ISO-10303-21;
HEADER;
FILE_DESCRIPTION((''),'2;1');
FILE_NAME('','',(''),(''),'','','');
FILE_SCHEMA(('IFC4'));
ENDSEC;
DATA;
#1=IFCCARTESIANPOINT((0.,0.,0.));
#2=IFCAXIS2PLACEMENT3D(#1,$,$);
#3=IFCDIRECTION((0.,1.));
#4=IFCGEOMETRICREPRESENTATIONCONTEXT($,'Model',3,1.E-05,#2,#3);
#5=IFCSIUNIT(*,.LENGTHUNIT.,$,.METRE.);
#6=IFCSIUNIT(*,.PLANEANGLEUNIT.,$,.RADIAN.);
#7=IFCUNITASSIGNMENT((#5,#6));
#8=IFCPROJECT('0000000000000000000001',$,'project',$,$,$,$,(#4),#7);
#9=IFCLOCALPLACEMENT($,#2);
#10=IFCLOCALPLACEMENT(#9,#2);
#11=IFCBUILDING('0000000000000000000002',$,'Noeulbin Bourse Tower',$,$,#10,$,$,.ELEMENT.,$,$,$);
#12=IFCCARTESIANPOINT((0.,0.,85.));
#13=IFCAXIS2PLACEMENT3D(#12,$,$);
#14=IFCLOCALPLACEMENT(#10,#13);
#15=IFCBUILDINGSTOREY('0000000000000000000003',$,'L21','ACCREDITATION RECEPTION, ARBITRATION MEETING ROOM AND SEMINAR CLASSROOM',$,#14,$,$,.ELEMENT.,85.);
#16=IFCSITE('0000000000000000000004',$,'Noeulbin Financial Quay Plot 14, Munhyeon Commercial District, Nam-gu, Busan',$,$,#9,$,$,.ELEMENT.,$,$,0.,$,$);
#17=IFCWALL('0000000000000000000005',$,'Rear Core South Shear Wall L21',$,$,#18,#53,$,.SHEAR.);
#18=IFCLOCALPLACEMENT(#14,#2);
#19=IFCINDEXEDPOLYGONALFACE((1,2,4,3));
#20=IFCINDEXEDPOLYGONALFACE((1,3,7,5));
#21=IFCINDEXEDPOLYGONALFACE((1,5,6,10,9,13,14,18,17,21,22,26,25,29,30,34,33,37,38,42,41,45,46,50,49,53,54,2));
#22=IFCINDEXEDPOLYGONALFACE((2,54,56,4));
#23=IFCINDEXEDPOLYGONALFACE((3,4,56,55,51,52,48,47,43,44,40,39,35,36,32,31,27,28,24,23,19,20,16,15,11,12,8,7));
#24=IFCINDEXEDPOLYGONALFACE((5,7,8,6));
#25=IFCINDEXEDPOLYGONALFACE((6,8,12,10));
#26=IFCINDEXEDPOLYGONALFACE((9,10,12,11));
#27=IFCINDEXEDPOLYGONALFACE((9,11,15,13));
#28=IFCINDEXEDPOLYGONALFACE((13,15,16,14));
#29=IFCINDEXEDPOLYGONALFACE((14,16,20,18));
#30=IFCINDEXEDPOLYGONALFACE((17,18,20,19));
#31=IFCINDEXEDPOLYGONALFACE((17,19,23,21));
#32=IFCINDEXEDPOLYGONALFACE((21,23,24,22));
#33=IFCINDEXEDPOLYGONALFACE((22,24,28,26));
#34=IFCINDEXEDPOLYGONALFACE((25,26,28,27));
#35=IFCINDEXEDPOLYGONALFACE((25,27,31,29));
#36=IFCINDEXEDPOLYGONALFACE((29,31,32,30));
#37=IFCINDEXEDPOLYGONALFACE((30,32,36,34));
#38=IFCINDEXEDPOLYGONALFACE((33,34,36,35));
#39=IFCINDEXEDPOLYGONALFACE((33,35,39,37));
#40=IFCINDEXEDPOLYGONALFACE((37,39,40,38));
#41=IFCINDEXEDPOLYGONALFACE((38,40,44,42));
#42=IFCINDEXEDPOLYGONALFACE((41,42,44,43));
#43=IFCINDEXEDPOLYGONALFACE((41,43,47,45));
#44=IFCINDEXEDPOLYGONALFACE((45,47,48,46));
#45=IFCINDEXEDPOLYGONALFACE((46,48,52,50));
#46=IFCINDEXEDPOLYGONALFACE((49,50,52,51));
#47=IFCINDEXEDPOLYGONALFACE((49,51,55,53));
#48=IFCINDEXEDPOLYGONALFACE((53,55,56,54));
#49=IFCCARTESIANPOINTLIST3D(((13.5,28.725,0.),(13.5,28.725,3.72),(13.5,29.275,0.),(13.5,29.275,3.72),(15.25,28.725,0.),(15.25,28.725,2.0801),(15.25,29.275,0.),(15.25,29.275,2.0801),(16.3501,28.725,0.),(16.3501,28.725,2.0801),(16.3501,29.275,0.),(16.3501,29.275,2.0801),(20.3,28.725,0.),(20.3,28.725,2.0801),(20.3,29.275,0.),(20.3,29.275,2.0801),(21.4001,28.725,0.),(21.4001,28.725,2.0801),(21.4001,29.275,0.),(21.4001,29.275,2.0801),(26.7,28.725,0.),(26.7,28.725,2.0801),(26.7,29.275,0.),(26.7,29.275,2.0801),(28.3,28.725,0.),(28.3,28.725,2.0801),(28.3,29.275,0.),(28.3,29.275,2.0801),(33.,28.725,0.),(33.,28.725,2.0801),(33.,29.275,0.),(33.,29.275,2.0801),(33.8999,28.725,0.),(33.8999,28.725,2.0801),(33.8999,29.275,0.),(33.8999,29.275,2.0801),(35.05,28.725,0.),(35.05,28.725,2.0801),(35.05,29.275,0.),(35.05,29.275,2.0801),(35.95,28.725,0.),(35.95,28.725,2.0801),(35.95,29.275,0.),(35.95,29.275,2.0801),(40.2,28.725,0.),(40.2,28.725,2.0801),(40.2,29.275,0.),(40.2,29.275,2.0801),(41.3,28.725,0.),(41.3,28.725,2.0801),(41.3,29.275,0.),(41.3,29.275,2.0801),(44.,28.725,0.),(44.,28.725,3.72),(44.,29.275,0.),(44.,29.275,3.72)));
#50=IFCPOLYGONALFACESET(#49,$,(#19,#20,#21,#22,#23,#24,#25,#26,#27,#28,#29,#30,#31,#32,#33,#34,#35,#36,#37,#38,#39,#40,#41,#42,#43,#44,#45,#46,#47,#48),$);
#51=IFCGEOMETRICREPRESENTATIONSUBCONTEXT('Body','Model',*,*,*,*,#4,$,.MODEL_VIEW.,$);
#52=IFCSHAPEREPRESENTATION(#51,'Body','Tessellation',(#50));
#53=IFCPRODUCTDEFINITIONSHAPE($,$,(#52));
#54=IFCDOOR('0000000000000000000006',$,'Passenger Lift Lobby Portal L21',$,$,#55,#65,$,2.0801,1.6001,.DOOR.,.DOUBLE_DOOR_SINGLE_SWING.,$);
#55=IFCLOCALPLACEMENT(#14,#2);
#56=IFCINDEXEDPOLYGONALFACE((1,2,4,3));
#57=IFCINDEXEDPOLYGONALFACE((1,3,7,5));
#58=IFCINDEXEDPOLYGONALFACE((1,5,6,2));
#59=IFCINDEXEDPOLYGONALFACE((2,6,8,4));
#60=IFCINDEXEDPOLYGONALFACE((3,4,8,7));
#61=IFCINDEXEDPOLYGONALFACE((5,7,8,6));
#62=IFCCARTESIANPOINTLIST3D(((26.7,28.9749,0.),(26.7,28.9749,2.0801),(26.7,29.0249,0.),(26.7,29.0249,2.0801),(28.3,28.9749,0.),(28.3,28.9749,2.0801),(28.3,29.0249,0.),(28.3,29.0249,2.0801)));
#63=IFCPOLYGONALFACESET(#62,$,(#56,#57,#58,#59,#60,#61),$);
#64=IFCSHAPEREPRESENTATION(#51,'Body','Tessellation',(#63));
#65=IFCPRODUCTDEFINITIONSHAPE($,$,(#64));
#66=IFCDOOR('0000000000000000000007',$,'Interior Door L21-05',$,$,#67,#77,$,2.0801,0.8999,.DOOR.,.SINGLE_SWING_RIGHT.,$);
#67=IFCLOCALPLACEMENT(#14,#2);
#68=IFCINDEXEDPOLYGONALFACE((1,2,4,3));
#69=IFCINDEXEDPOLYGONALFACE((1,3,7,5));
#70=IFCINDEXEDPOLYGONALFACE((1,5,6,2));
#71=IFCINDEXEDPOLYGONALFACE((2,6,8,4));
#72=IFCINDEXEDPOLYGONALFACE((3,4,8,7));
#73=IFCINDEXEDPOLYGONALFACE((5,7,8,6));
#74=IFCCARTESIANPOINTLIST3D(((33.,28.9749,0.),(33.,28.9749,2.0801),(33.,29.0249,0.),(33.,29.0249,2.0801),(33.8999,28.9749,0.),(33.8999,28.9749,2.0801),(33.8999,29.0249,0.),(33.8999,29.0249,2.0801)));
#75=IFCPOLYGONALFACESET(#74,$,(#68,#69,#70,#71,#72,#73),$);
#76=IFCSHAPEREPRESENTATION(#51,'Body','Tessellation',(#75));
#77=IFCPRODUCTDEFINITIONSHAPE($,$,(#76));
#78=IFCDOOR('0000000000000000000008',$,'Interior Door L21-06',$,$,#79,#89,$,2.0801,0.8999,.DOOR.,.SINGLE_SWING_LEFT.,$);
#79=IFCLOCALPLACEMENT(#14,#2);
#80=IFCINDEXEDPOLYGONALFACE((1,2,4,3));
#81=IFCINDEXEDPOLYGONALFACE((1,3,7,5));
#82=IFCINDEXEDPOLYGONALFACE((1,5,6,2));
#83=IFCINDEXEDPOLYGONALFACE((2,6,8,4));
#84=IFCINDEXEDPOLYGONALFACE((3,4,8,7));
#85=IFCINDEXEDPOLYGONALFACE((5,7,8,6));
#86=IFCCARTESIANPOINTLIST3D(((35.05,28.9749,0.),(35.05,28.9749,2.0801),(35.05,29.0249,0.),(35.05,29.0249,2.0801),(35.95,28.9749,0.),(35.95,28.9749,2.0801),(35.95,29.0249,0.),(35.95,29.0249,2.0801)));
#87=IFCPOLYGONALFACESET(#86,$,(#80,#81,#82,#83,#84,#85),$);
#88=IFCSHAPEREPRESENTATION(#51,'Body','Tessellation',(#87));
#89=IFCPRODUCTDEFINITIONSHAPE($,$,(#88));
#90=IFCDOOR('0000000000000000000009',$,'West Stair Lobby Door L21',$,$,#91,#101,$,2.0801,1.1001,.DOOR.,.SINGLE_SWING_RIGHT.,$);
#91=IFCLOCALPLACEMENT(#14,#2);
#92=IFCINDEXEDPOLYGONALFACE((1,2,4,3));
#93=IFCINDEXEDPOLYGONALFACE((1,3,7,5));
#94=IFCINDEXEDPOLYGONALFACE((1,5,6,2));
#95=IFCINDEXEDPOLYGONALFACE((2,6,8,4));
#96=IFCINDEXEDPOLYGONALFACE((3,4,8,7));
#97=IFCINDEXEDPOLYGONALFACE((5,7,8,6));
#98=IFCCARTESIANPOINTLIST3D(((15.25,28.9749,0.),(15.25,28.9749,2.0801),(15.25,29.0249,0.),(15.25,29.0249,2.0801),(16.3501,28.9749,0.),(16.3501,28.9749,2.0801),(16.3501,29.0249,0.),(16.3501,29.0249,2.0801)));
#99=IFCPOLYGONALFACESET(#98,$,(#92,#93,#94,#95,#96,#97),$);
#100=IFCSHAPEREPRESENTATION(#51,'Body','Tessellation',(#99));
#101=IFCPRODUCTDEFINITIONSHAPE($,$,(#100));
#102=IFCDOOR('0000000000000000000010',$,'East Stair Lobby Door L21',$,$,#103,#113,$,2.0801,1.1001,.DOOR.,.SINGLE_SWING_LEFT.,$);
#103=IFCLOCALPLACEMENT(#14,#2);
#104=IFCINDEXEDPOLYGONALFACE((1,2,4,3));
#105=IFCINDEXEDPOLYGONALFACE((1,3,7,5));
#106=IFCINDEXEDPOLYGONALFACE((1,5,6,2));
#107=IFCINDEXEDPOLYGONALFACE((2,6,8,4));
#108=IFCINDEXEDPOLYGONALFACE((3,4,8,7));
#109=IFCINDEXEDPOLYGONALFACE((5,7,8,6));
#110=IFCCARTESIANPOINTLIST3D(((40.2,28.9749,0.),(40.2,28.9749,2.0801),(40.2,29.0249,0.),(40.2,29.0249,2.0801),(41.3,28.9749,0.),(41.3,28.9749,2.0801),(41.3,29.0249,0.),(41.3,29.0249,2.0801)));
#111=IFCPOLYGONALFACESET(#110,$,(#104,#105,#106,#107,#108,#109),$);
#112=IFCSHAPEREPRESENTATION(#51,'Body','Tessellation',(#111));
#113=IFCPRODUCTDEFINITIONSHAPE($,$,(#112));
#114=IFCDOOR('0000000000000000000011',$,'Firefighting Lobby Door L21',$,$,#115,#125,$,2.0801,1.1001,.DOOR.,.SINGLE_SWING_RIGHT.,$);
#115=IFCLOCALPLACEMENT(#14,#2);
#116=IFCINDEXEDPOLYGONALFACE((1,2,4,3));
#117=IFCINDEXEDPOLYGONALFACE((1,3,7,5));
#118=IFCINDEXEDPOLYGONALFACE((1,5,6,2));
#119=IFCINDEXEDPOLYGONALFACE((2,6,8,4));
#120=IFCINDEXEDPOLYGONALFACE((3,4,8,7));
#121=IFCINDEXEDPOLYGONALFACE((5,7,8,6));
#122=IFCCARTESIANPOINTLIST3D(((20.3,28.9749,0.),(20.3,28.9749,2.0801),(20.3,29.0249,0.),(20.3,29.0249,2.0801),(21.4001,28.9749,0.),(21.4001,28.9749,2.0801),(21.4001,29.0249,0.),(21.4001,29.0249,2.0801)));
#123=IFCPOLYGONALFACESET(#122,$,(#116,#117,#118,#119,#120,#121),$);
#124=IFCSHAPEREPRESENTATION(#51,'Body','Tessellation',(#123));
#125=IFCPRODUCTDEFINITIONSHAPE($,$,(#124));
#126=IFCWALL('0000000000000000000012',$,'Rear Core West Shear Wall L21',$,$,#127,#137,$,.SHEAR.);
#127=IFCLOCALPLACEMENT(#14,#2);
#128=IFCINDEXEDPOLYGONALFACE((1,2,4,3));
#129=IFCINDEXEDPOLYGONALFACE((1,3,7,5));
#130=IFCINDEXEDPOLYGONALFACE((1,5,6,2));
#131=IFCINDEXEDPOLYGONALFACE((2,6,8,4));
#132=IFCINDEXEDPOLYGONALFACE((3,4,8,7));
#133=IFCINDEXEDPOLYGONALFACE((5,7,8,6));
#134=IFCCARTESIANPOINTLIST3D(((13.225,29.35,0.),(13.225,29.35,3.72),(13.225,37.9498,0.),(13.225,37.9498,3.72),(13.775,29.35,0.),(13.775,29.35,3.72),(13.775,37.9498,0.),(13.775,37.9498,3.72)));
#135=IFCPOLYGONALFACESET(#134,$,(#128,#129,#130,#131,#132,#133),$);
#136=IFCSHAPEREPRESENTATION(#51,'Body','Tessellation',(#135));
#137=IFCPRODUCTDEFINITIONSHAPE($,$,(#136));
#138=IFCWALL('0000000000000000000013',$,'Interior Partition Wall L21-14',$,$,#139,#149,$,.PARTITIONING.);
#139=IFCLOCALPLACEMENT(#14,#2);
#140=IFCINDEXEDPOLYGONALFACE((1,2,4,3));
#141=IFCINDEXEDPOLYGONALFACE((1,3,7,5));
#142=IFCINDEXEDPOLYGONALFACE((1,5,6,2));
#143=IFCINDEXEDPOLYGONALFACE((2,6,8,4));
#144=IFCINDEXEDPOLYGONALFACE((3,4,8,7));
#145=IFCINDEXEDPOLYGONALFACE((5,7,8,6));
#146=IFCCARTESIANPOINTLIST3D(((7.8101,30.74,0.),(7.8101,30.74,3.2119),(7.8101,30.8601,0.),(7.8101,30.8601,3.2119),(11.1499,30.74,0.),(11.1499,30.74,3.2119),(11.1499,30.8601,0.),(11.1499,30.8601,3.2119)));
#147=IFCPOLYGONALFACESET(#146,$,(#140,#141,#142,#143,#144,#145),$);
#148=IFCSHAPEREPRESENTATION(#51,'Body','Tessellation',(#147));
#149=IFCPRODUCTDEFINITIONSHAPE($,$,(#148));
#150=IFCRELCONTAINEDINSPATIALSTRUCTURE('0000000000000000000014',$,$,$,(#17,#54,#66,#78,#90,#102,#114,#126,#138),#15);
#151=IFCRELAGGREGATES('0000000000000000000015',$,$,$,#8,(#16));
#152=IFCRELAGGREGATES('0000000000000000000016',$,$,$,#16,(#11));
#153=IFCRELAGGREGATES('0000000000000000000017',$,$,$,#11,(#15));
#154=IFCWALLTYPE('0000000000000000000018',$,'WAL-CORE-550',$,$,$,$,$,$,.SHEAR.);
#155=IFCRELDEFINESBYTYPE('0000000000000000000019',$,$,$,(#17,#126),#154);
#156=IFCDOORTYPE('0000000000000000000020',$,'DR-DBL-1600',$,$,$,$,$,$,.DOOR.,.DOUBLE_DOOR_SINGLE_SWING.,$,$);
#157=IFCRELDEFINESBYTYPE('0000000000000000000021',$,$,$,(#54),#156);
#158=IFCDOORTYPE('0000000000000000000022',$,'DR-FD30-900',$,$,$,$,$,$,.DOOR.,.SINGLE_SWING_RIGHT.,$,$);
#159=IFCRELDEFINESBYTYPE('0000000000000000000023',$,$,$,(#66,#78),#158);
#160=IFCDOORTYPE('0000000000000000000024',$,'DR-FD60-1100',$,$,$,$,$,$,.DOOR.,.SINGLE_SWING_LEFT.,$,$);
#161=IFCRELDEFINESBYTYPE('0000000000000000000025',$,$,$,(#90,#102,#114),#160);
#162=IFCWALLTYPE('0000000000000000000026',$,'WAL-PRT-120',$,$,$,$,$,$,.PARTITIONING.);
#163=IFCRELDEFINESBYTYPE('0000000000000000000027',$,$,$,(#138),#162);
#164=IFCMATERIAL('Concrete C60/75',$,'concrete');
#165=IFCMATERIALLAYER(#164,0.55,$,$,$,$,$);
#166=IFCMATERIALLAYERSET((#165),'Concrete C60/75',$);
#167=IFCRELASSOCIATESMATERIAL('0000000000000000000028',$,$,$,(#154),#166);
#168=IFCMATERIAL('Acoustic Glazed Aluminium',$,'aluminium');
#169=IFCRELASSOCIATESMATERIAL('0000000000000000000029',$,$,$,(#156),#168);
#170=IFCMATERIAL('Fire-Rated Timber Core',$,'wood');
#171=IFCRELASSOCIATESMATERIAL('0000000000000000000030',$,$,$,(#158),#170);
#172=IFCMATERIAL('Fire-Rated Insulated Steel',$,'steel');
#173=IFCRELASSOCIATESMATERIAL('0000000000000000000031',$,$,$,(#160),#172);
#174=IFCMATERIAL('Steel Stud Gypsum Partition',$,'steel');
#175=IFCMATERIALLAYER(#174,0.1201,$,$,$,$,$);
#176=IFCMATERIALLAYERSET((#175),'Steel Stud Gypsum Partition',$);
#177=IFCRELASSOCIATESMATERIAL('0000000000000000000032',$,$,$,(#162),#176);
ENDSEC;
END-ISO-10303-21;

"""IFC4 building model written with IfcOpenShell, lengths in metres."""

from ifc_helpers import new_model, si_unit, direction, frame, frame_2d, origin, place, context, subcontext, project, spatial, rectangle, extrude, material, layer, layer_set, type_object, element, fill, save


model = new_model("IFC4")

# Units and contexts
model_context = context("Model", 3, precision=1e-05, world=origin(), true_north=direction((0.0, 1.0)))
body_context = subcontext(model_context, "Body", "Model", "MODEL_VIEW")
ifc_project = project(units=[si_unit("LENGTHUNIT", "METRE"), si_unit("PLANEANGLEUNIT", "RADIAN")], contexts=[model_context])

# Site, building, storey
site_placement = place(None, origin())
site = spatial("IfcSite", under=ifc_project, at=site_placement, Name="Noeulbin Financial Quay Plot 14, Munhyeon Commercial District, Nam-gu, Busan", CompositionType="ELEMENT", RefElevation=0.0)
building_placement = place(site_placement, origin())
building = spatial("IfcBuilding", under=site, at=building_placement, Name="Noeulbin Bourse Tower", CompositionType="ELEMENT")
storey_placement = place(building_placement, frame((0.0, 0.0, 85.0)))
storey = spatial("IfcBuildingStorey", under=building, at=storey_placement, Name="L21", Description="ACCREDITATION RECEPTION, ARBITRATION MEETING ROOM AND SEMINAR CLASSROOM", CompositionType="ELEMENT", Elevation=85.0)

# Wall, openings, doors
ifc_material_1 = material(Name="Concrete C60/75", Category="concrete")
ifc_layer_1 = layer(ifc_material_1, 0.55)
ifc_layer_set_1 = layer_set([ifc_layer_1], Name="Concrete C60/75")
wall_type_1 = type_object("IfcWallType", Name="WAL-CORE-550", PredefinedType="SHEAR", material=ifc_layer_set_1)
wall_1_placement = place(storey_placement, frame((13.5, 29.0, 0.0), z_axis=(0.0, 0.0, 1.0), x_axis=(1.0, 0.0, 0.0)))
wall_1 = element("IfcWall", 1, at=wall_1_placement, inside=storey, type_object=wall_type_1, Name="Rear Core South Shear Wall L21", PredefinedType="SHEAR", context=body_context, shape_type="SweptSolid", body=[
    extrude(rectangle(XDim=30.5, YDim=0.55, at=frame_2d((15.25, 0.0))), origin(), (0.0, 0.0, 1.0), 3.72),
])
opening_1_placement = place(wall_1_placement, frame((1.75, 0.0, 0.0)))
opening_1 = element("IfcOpeningElement", 2, at=opening_1_placement, cuts=wall_1, PredefinedType="OPENING", context=body_context, shape_type="SweptSolid", body=[
    extrude(rectangle(XDim=1.1001, YDim=2.0801, at=frame_2d((0.55, 1.04))), frame((0.0, 0.2849, 0.0), z_axis=(0.0, -1.0, 0.0), x_axis=(1.0, 0.0, 0.0)), (0.0, 0.0, 1.0), 0.5701),
])
opening_2_placement = place(wall_1_placement, frame((26.7, 0.0, 0.0)))
opening_2 = element("IfcOpeningElement", 3, at=opening_2_placement, cuts=wall_1, PredefinedType="OPENING", context=body_context, shape_type="SweptSolid", body=[
    extrude(rectangle(XDim=1.1001, YDim=2.0801, at=frame_2d((0.55, 1.04))), frame((0.0, 0.2849, 0.0), z_axis=(0.0, -1.0, 0.0), x_axis=(1.0, 0.0, 0.0)), (0.0, 0.0, 1.0), 0.5701),
])
opening_3_placement = place(wall_1_placement, frame((6.8, 0.0, 0.0)))
opening_3 = element("IfcOpeningElement", 4, at=opening_3_placement, cuts=wall_1, PredefinedType="OPENING", context=body_context, shape_type="SweptSolid", body=[
    extrude(rectangle(XDim=1.1001, YDim=2.0801, at=frame_2d((0.55, 1.04))), frame((0.0, 0.2849, 0.0), z_axis=(0.0, -1.0, 0.0), x_axis=(1.0, 0.0, 0.0)), (0.0, 0.0, 1.0), 0.5701),
])
opening_4_placement = place(wall_1_placement, frame((13.2, 0.0, 0.0)))
opening_4 = element("IfcOpeningElement", 5, at=opening_4_placement, cuts=wall_1, PredefinedType="OPENING", context=body_context, shape_type="SweptSolid", body=[
    extrude(rectangle(XDim=1.6001, YDim=2.0801, at=frame_2d((0.8, 1.04))), frame((0.0, 0.2849, 0.0), z_axis=(0.0, -1.0, 0.0), x_axis=(1.0, 0.0, 0.0)), (0.0, 0.0, 1.0), 0.5701),
])
opening_5_placement = place(wall_1_placement, frame((19.5, 0.0, 0.0)))
opening_5 = element("IfcOpeningElement", 6, at=opening_5_placement, cuts=wall_1, PredefinedType="OPENING", context=body_context, shape_type="SweptSolid", body=[
    extrude(rectangle(XDim=0.8999, YDim=2.0801, at=frame_2d((0.45, 1.04))), frame((0.0, 0.2849, 0.0), z_axis=(0.0, -1.0, 0.0), x_axis=(1.0, 0.0, 0.0)), (0.0, 0.0, 1.0), 0.5701),
])
opening_6_placement = place(wall_1_placement, frame((21.55, 0.0, 0.0)))
opening_6 = element("IfcOpeningElement", 7, at=opening_6_placement, cuts=wall_1, PredefinedType="OPENING", context=body_context, shape_type="SweptSolid", body=[
    extrude(rectangle(XDim=0.8999, YDim=2.0801, at=frame_2d((0.45, 1.04))), frame((0.0, 0.2849, 0.0), z_axis=(0.0, -1.0, 0.0), x_axis=(1.0, 0.0, 0.0)), (0.0, 0.0, 1.0), 0.5701),
])
ifc_material_2 = material(Name="Acoustic Glazed Aluminium", Category="aluminium")
door_type_1 = type_object("IfcDoorType", Name="DR-DBL-1600", OperationType="DOUBLE_DOOR_SINGLE_SWING", PredefinedType="DOOR", material=ifc_material_2)
door_1_placement = place(opening_4_placement, origin())
door_1 = element("IfcDoor", 8, at=door_1_placement, inside=storey, type_object=door_type_1, Name="Passenger Lift Lobby Portal L21", OperationType="DOUBLE_DOOR_SINGLE_SWING", OverallHeight=2.0801, OverallWidth=1.6001, PredefinedType="DOOR", context=body_context, shape_type="SweptSolid", body=[
    extrude(rectangle(XDim=1.6001, YDim=2.0801, at=frame_2d((0.8, 1.04))), frame((0.0, 0.0249, 0.0), z_axis=(0.0, -1.0, 0.0), x_axis=(1.0, 0.0, 0.0)), (0.0, 0.0, 1.0), 0.05),
])
fill(opening_4, door_1)
ifc_material_3 = material(Name="Fire-Rated Timber Core", Category="wood")
door_type_2 = type_object("IfcDoorType", Name="DR-FD30-900", OperationType="SINGLE_SWING_RIGHT", PredefinedType="DOOR", material=ifc_material_3)
door_2_placement = place(opening_5_placement, origin())
door_2 = element("IfcDoor", 9, at=door_2_placement, inside=storey, type_object=door_type_2, Name="Interior Door L21-05", OperationType="SINGLE_SWING_RIGHT", OverallHeight=2.0801, OverallWidth=0.8999, PredefinedType="DOOR", context=body_context, shape_type="SweptSolid", body=[
    extrude(rectangle(XDim=0.8999, YDim=2.0801, at=frame_2d((0.45, 1.04))), frame((0.0, 0.0249, 0.0), z_axis=(0.0, -1.0, 0.0), x_axis=(1.0, 0.0, 0.0)), (0.0, 0.0, 1.0), 0.05),
])
fill(opening_5, door_2)
door_3_placement = place(opening_6_placement, origin())
door_3 = element("IfcDoor", 10, at=door_3_placement, inside=storey, type_object=door_type_2, Name="Interior Door L21-06", OperationType="SINGLE_SWING_LEFT", OverallHeight=2.0801, OverallWidth=0.8999, PredefinedType="DOOR", context=body_context, shape_type="SweptSolid", body=[
    extrude(rectangle(XDim=0.8999, YDim=2.0801, at=frame_2d((0.45, 1.04))), frame((0.0, 0.0249, 0.0), z_axis=(0.0, -1.0, 0.0), x_axis=(1.0, 0.0, 0.0)), (0.0, 0.0, 1.0), 0.05),
])
fill(opening_6, door_3)
ifc_material_4 = material(Name="Fire-Rated Insulated Steel", Category="steel")
door_type_3 = type_object("IfcDoorType", Name="DR-FD60-1100", OperationType="SINGLE_SWING_LEFT", PredefinedType="DOOR", material=ifc_material_4)
door_4_placement = place(opening_1_placement, origin())
door_4 = element("IfcDoor", 11, at=door_4_placement, inside=storey, type_object=door_type_3, Name="West Stair Lobby Door L21", OperationType="SINGLE_SWING_RIGHT", OverallHeight=2.0801, OverallWidth=1.1001, PredefinedType="DOOR", context=body_context, shape_type="SweptSolid", body=[
    extrude(rectangle(XDim=1.1001, YDim=2.0801, at=frame_2d((0.55, 1.04))), frame((0.0, 0.0249, 0.0), z_axis=(0.0, -1.0, 0.0), x_axis=(1.0, 0.0, 0.0)), (0.0, 0.0, 1.0), 0.05),
])
fill(opening_1, door_4)
door_5_placement = place(opening_2_placement, origin())
door_5 = element("IfcDoor", 12, at=door_5_placement, inside=storey, type_object=door_type_3, Name="East Stair Lobby Door L21", OperationType="SINGLE_SWING_LEFT", OverallHeight=2.0801, OverallWidth=1.1001, PredefinedType="DOOR", context=body_context, shape_type="SweptSolid", body=[
    extrude(rectangle(XDim=1.1001, YDim=2.0801, at=frame_2d((0.55, 1.04))), frame((0.0, 0.0249, 0.0), z_axis=(0.0, -1.0, 0.0), x_axis=(1.0, 0.0, 0.0)), (0.0, 0.0, 1.0), 0.05),
])
fill(opening_2, door_5)
door_6_placement = place(opening_3_placement, origin())
door_6 = element("IfcDoor", 13, at=door_6_placement, inside=storey, type_object=door_type_3, Name="Firefighting Lobby Door L21", OperationType="SINGLE_SWING_RIGHT", OverallHeight=2.0801, OverallWidth=1.1001, PredefinedType="DOOR", context=body_context, shape_type="SweptSolid", body=[
    extrude(rectangle(XDim=1.1001, YDim=2.0801, at=frame_2d((0.55, 1.04))), frame((0.0, 0.0249, 0.0), z_axis=(0.0, -1.0, 0.0), x_axis=(1.0, 0.0, 0.0)), (0.0, 0.0, 1.0), 0.05),
])
fill(opening_3, door_6)

# Walls
wall_2_placement = place(storey_placement, frame((13.5, 29.3501, 0.0), z_axis=(0.0, 0.0, 1.0), x_axis=(0.0, 1.0, 0.0)))
element("IfcWall", 14, at=wall_2_placement, inside=storey, type_object=wall_type_1, Name="Rear Core West Shear Wall L21", PredefinedType="SHEAR", context=body_context, shape_type="SweptSolid", body=[
    extrude(rectangle(XDim=8.5999, YDim=0.55, at=frame_2d((4.2998, 0.0))), origin(), (0.0, 0.0, 1.0), 3.72),
])
ifc_material_5 = material(Name="Steel Stud Gypsum Partition", Category="steel")
ifc_layer_2 = layer(ifc_material_5, 0.1201)
ifc_layer_set_2 = layer_set([ifc_layer_2], Name="Steel Stud Gypsum Partition")
wall_type_2 = type_object("IfcWallType", Name="WAL-PRT-120", PredefinedType="PARTITIONING", material=ifc_layer_set_2)
wall_3_placement = place(storey_placement, frame((7.8101, 30.8, 0.0), z_axis=(0.0, 0.0, 1.0), x_axis=(1.0, 0.0, 0.0)))
element("IfcWall", 15, at=wall_3_placement, inside=storey, type_object=wall_type_2, Name="Interior Partition Wall L21-14", PredefinedType="PARTITIONING", context=body_context, shape_type="SweptSolid", body=[
    extrude(rectangle(XDim=3.3398, YDim=0.1201, at=frame_2d((1.6699, 0.0))), origin(), (0.0, 0.0, 1.0), 3.2119),
])

save(model, "model.ifc")
